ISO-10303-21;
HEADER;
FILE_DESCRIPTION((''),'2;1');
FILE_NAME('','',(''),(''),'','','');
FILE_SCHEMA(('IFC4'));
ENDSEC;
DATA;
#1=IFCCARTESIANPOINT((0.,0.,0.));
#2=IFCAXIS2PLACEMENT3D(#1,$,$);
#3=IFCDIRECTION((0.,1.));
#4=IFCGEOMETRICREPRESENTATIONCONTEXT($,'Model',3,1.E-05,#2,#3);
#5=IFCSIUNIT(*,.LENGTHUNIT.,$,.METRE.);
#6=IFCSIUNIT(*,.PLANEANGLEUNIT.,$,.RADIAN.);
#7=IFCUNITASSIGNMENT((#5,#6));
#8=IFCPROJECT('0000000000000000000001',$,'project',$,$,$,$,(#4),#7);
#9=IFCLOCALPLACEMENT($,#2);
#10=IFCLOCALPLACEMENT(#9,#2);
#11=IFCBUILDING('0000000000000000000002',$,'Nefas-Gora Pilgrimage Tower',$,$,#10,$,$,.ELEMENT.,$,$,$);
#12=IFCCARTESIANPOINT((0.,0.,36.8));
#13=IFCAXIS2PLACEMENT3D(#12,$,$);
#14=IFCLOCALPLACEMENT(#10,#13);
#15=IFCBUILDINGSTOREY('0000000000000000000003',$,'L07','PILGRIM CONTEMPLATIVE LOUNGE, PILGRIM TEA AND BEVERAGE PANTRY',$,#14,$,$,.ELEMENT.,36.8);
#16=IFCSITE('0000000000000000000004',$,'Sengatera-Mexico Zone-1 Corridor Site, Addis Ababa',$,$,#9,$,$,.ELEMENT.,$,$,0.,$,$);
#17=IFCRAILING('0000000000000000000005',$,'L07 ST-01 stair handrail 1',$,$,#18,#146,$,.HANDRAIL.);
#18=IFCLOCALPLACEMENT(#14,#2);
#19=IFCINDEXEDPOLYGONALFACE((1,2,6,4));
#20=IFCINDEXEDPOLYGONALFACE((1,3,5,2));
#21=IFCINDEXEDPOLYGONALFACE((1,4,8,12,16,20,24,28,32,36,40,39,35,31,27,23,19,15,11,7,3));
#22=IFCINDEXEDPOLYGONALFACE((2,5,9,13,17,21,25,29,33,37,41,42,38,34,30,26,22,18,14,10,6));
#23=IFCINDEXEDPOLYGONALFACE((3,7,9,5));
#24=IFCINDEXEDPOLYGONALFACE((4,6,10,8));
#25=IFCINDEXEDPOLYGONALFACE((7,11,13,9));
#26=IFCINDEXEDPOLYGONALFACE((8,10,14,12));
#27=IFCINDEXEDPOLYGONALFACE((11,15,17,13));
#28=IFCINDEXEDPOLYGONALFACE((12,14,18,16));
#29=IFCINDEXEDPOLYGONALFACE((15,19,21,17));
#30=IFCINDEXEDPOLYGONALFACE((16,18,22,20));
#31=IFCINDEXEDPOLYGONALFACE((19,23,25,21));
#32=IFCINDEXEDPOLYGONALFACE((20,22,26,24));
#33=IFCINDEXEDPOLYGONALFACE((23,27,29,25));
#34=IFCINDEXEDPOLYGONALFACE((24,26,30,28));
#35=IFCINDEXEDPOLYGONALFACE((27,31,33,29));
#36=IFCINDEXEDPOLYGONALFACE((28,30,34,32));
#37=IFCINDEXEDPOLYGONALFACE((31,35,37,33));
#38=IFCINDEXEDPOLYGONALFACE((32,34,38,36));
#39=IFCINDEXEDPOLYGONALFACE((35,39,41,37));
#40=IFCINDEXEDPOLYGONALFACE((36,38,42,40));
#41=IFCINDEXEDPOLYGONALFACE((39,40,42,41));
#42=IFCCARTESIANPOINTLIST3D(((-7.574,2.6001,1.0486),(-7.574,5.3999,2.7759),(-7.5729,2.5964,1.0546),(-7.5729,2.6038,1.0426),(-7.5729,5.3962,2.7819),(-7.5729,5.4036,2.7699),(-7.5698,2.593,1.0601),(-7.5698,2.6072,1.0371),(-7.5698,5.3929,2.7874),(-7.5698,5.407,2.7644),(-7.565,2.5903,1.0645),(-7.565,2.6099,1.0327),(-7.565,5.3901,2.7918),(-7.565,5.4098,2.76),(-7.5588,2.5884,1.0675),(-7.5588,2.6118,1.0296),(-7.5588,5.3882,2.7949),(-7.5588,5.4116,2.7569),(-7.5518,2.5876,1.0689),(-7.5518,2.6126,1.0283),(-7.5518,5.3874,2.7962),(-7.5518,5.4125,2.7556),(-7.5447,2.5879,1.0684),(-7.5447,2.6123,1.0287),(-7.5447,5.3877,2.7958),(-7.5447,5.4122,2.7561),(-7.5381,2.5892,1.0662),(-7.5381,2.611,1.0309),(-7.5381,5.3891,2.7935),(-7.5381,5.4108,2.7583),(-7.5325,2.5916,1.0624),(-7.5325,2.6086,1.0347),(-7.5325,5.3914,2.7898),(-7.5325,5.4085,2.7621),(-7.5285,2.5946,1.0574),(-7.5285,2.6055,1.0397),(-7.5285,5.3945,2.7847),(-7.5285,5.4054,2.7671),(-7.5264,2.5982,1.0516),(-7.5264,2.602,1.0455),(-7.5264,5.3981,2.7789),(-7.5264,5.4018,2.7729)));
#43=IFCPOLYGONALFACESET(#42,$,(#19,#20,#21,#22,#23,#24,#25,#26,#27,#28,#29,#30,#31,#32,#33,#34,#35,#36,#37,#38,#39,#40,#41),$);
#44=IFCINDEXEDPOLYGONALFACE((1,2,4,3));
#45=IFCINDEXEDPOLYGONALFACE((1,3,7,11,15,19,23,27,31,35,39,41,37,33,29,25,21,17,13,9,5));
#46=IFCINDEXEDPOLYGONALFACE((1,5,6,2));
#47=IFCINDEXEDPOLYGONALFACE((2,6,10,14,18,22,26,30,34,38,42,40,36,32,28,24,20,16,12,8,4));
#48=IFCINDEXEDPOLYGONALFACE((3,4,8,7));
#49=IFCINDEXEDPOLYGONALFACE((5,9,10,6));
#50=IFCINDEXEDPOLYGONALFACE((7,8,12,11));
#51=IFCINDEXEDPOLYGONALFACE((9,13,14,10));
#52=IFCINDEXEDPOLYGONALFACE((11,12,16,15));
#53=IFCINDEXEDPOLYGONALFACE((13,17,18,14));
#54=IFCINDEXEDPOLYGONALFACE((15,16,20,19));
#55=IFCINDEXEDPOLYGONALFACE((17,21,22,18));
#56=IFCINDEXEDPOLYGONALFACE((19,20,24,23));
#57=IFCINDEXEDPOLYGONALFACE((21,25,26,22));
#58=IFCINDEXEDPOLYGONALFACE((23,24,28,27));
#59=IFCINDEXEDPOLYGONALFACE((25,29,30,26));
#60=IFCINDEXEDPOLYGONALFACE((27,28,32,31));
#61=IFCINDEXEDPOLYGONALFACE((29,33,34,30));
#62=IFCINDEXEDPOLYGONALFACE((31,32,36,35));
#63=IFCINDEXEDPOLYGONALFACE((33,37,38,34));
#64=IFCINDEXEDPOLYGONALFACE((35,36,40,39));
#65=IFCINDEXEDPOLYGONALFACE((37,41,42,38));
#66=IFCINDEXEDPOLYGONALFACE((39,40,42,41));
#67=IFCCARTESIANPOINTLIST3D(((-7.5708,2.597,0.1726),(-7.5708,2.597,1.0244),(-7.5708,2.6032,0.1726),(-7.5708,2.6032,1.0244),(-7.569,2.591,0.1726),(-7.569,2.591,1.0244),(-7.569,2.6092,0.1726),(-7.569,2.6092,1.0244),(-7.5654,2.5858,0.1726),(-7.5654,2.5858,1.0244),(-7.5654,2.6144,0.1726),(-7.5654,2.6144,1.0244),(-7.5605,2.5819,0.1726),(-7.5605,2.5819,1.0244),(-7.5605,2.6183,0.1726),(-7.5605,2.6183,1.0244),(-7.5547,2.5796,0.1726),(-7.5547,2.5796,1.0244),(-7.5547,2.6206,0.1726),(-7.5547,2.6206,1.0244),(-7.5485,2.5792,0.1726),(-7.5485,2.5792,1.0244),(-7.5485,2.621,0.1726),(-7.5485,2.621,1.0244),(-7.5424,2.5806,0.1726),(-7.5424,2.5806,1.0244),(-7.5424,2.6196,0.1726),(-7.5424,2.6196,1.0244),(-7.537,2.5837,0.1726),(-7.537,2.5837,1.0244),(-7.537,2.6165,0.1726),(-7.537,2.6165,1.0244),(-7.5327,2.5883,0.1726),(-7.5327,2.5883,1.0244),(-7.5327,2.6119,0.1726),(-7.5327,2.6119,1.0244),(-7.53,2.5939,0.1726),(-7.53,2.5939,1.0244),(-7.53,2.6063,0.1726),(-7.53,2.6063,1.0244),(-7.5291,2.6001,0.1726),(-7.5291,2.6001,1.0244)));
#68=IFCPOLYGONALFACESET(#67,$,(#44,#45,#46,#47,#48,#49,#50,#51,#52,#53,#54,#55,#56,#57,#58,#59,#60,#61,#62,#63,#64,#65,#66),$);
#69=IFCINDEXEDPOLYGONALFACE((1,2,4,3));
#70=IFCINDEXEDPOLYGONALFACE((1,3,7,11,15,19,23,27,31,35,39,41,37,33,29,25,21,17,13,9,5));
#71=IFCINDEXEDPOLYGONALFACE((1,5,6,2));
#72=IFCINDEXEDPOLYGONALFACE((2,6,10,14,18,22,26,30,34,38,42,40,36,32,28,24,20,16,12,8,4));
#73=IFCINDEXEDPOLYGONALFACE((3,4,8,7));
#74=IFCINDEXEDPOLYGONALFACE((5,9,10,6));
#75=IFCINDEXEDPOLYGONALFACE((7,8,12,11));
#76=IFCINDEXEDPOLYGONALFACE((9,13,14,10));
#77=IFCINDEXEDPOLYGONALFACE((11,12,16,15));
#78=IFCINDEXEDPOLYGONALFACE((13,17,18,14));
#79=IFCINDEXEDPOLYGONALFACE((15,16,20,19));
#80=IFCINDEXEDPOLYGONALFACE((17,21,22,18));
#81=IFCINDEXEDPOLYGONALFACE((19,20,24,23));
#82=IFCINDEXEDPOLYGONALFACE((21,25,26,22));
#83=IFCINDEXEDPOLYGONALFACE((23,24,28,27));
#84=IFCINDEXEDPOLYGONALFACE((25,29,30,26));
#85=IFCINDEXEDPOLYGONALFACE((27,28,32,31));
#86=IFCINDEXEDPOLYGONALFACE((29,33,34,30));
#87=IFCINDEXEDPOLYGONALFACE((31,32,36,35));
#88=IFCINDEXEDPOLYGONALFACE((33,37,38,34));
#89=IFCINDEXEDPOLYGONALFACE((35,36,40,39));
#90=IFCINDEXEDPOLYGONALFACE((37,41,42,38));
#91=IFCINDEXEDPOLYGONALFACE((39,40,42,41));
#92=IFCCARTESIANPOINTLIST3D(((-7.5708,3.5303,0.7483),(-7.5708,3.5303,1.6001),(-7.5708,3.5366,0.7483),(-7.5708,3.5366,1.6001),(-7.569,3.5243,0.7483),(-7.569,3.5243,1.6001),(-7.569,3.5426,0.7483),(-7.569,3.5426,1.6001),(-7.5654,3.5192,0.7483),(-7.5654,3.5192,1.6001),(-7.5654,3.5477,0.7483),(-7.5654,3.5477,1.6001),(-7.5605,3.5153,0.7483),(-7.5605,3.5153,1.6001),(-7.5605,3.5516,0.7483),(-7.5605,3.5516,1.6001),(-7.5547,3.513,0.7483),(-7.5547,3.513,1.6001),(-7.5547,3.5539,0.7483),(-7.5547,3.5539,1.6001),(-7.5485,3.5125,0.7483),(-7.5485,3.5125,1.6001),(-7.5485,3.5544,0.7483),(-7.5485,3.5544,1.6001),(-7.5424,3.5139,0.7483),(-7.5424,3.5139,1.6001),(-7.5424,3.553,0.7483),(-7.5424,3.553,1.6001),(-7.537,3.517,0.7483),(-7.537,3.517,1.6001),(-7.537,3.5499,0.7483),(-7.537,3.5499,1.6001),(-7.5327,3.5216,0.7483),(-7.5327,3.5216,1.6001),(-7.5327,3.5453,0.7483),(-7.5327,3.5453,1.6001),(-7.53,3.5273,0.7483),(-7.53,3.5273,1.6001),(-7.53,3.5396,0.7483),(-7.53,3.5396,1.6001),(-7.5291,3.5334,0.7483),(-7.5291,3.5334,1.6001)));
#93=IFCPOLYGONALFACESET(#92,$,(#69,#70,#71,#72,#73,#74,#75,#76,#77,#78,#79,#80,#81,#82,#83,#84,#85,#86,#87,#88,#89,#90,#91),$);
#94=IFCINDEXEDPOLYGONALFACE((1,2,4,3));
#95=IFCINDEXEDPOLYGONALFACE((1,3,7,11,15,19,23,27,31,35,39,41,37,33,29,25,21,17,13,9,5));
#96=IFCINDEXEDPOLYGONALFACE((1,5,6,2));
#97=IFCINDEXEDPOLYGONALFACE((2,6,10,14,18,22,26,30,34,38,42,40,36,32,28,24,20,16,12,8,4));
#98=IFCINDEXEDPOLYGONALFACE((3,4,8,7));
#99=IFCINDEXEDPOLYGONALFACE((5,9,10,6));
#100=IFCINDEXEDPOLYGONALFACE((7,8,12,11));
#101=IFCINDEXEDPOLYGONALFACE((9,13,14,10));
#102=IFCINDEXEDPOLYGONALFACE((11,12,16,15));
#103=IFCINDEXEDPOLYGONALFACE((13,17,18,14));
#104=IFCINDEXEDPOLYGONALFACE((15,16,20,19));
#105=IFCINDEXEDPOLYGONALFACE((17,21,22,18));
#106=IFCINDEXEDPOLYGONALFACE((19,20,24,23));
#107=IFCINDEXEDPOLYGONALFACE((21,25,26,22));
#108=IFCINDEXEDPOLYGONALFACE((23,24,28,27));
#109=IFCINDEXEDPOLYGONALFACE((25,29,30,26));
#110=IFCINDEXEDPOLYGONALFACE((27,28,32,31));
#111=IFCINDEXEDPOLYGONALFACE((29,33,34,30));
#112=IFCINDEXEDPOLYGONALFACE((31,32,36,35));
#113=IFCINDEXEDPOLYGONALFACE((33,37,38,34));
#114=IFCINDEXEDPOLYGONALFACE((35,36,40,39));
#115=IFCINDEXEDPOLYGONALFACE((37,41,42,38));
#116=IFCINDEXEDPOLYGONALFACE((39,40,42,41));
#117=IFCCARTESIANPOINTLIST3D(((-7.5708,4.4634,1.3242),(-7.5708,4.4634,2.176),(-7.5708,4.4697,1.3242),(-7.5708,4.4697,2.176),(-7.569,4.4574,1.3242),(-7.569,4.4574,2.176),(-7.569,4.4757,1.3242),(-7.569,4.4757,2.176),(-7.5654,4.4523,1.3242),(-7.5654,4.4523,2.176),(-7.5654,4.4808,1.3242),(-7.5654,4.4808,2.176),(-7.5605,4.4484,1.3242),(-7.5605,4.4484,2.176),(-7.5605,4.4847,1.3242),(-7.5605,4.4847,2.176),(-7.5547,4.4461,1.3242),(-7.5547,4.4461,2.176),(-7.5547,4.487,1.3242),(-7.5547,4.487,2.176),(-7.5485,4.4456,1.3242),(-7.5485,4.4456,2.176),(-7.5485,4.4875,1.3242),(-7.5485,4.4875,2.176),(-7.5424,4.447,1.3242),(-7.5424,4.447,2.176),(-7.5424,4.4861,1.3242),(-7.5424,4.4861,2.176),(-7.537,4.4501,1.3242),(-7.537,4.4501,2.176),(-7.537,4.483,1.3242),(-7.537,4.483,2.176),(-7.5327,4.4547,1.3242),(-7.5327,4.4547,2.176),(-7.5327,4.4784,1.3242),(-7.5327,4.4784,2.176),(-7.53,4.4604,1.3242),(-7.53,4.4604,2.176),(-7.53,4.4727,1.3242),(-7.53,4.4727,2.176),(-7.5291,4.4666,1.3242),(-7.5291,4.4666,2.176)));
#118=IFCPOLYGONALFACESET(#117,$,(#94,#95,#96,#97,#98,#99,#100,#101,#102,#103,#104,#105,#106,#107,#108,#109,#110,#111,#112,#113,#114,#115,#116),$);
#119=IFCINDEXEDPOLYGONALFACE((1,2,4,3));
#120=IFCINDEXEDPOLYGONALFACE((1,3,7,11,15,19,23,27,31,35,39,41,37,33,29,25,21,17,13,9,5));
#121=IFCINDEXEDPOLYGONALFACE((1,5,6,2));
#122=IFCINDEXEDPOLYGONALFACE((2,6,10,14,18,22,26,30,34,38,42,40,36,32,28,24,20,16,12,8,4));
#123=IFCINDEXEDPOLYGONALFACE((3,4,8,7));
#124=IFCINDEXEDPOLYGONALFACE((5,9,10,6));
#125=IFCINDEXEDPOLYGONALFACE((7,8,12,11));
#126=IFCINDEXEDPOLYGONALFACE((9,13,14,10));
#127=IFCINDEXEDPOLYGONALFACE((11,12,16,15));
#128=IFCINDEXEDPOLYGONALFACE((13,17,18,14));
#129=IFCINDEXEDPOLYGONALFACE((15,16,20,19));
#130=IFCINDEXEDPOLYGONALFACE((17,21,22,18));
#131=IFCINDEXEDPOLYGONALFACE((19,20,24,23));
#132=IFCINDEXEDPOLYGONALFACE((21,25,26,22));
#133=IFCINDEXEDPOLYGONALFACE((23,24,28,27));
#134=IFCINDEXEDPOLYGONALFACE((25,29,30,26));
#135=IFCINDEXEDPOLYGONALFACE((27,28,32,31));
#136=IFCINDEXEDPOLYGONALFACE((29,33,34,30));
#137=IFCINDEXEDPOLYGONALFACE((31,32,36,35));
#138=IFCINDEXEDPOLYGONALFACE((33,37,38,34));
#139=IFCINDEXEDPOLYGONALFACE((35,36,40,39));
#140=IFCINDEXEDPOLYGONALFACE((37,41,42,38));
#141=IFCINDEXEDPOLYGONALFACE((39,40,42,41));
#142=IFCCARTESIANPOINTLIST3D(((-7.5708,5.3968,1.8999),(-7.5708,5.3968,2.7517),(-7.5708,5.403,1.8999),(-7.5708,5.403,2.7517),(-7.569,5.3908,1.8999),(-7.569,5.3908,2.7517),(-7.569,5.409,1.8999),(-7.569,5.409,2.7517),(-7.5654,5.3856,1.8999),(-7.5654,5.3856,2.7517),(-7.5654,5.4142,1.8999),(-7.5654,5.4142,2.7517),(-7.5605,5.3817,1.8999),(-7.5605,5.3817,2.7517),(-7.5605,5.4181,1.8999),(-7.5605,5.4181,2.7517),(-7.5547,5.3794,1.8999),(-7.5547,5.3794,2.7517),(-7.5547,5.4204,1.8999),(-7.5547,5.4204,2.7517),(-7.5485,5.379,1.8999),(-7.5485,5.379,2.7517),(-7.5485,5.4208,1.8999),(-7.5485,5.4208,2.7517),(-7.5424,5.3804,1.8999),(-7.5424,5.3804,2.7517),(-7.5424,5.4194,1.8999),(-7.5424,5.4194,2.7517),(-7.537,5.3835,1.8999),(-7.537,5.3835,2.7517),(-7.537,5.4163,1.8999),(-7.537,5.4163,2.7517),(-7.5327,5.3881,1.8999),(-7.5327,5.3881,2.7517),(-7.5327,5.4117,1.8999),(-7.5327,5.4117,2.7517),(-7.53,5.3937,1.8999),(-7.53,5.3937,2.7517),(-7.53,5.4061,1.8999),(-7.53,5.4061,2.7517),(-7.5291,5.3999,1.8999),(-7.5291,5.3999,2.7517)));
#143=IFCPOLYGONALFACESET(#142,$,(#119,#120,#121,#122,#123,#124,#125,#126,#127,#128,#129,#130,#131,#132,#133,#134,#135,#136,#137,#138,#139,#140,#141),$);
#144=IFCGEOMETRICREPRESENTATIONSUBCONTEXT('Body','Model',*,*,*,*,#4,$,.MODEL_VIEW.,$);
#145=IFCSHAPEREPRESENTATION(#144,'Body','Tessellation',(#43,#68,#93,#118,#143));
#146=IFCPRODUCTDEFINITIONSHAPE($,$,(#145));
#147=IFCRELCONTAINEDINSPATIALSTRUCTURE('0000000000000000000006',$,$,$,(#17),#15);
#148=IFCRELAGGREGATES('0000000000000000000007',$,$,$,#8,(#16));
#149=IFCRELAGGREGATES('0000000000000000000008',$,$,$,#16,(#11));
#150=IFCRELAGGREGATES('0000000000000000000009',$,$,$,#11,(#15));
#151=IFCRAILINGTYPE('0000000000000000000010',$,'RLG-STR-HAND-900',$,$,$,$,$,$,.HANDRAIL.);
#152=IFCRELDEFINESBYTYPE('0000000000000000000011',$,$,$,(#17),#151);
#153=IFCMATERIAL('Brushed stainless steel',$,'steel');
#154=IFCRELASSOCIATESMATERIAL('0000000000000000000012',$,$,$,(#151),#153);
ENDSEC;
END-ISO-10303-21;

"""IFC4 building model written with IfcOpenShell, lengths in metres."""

from ifc_helpers import new_model, si_unit, direction, frame, origin, origin_2d, place, context, subcontext, project, spatial, circle, extrude, material, type_object, element, save


model = new_model("IFC4")

# Units and contexts
model_context = context("Model", 3, precision=1e-05, world=origin(), true_north=direction((0.0, 1.0)))
body_context = subcontext(model_context, "Body", "Model", "MODEL_VIEW")
ifc_project = project(units=[si_unit("LENGTHUNIT", "METRE"), si_unit("PLANEANGLEUNIT", "RADIAN")], contexts=[model_context])

# Site, building, storey
site_placement = place(None, origin())
site = spatial("IfcSite", under=ifc_project, at=site_placement, Name="Sengatera-Mexico Zone-1 Corridor Site, Addis Ababa", CompositionType="ELEMENT", RefElevation=0.0)
building_placement = place(site_placement, origin())
building = spatial("IfcBuilding", under=site, at=building_placement, Name="Nefas-Gora Pilgrimage Tower", CompositionType="ELEMENT")
storey_placement = place(building_placement, frame((0.0, 0.0, 36.8)))
storey = spatial("IfcBuildingStorey", under=building, at=storey_placement, Name="L07", Description="PILGRIM CONTEMPLATIVE LOUNGE, PILGRIM TEA AND BEVERAGE PANTRY", CompositionType="ELEMENT", Elevation=36.8)

# Railing
ifc_material_1 = material(Name="Brushed stainless steel", Category="steel")
railing_type_1 = type_object("IfcRailingType", Name="RLG-STR-HAND-900", PredefinedType="HANDRAIL", material=ifc_material_1)
railing_1_placement = place(storey_placement, frame((-7.55, 2.6001, 0.1726)))
element("IfcRailing", 1, at=railing_1_placement, inside=storey, type_object=railing_type_1, Name="L07 ST-01 stair handrail 1", PredefinedType="HANDRAIL", context=body_context, shape_type="SweptSolid", body=[
    extrude(circle(Radius=0.0239, at=origin_2d()), frame((0.0, 0.0, 0.876), z_axis=(0.0, 0.851069, 0.525054), x_axis=(-1.0, 0.0, 0.0)), (0.0, 0.0, 1.0), 3.2898),
    extrude(circle(Radius=0.021, at=origin_2d()), origin(), (0.0, 0.0, 1.0), 0.8518),
    extrude(circle(Radius=0.021, at=origin_2d()), frame((0.0, 0.9333, 0.5757)), (0.0, 0.0, 1.0), 0.8518),
    extrude(circle(Radius=0.021, at=origin_2d()), frame((0.0, 1.8665, 1.1516)), (0.0, 0.0, 1.0), 0.8518),
    extrude(circle(Radius=0.021, at=origin_2d()), frame((0.0, 2.7998, 1.7273)), (0.0, 0.0, 1.0), 0.8518),
])

save(model, "model.ifc")
